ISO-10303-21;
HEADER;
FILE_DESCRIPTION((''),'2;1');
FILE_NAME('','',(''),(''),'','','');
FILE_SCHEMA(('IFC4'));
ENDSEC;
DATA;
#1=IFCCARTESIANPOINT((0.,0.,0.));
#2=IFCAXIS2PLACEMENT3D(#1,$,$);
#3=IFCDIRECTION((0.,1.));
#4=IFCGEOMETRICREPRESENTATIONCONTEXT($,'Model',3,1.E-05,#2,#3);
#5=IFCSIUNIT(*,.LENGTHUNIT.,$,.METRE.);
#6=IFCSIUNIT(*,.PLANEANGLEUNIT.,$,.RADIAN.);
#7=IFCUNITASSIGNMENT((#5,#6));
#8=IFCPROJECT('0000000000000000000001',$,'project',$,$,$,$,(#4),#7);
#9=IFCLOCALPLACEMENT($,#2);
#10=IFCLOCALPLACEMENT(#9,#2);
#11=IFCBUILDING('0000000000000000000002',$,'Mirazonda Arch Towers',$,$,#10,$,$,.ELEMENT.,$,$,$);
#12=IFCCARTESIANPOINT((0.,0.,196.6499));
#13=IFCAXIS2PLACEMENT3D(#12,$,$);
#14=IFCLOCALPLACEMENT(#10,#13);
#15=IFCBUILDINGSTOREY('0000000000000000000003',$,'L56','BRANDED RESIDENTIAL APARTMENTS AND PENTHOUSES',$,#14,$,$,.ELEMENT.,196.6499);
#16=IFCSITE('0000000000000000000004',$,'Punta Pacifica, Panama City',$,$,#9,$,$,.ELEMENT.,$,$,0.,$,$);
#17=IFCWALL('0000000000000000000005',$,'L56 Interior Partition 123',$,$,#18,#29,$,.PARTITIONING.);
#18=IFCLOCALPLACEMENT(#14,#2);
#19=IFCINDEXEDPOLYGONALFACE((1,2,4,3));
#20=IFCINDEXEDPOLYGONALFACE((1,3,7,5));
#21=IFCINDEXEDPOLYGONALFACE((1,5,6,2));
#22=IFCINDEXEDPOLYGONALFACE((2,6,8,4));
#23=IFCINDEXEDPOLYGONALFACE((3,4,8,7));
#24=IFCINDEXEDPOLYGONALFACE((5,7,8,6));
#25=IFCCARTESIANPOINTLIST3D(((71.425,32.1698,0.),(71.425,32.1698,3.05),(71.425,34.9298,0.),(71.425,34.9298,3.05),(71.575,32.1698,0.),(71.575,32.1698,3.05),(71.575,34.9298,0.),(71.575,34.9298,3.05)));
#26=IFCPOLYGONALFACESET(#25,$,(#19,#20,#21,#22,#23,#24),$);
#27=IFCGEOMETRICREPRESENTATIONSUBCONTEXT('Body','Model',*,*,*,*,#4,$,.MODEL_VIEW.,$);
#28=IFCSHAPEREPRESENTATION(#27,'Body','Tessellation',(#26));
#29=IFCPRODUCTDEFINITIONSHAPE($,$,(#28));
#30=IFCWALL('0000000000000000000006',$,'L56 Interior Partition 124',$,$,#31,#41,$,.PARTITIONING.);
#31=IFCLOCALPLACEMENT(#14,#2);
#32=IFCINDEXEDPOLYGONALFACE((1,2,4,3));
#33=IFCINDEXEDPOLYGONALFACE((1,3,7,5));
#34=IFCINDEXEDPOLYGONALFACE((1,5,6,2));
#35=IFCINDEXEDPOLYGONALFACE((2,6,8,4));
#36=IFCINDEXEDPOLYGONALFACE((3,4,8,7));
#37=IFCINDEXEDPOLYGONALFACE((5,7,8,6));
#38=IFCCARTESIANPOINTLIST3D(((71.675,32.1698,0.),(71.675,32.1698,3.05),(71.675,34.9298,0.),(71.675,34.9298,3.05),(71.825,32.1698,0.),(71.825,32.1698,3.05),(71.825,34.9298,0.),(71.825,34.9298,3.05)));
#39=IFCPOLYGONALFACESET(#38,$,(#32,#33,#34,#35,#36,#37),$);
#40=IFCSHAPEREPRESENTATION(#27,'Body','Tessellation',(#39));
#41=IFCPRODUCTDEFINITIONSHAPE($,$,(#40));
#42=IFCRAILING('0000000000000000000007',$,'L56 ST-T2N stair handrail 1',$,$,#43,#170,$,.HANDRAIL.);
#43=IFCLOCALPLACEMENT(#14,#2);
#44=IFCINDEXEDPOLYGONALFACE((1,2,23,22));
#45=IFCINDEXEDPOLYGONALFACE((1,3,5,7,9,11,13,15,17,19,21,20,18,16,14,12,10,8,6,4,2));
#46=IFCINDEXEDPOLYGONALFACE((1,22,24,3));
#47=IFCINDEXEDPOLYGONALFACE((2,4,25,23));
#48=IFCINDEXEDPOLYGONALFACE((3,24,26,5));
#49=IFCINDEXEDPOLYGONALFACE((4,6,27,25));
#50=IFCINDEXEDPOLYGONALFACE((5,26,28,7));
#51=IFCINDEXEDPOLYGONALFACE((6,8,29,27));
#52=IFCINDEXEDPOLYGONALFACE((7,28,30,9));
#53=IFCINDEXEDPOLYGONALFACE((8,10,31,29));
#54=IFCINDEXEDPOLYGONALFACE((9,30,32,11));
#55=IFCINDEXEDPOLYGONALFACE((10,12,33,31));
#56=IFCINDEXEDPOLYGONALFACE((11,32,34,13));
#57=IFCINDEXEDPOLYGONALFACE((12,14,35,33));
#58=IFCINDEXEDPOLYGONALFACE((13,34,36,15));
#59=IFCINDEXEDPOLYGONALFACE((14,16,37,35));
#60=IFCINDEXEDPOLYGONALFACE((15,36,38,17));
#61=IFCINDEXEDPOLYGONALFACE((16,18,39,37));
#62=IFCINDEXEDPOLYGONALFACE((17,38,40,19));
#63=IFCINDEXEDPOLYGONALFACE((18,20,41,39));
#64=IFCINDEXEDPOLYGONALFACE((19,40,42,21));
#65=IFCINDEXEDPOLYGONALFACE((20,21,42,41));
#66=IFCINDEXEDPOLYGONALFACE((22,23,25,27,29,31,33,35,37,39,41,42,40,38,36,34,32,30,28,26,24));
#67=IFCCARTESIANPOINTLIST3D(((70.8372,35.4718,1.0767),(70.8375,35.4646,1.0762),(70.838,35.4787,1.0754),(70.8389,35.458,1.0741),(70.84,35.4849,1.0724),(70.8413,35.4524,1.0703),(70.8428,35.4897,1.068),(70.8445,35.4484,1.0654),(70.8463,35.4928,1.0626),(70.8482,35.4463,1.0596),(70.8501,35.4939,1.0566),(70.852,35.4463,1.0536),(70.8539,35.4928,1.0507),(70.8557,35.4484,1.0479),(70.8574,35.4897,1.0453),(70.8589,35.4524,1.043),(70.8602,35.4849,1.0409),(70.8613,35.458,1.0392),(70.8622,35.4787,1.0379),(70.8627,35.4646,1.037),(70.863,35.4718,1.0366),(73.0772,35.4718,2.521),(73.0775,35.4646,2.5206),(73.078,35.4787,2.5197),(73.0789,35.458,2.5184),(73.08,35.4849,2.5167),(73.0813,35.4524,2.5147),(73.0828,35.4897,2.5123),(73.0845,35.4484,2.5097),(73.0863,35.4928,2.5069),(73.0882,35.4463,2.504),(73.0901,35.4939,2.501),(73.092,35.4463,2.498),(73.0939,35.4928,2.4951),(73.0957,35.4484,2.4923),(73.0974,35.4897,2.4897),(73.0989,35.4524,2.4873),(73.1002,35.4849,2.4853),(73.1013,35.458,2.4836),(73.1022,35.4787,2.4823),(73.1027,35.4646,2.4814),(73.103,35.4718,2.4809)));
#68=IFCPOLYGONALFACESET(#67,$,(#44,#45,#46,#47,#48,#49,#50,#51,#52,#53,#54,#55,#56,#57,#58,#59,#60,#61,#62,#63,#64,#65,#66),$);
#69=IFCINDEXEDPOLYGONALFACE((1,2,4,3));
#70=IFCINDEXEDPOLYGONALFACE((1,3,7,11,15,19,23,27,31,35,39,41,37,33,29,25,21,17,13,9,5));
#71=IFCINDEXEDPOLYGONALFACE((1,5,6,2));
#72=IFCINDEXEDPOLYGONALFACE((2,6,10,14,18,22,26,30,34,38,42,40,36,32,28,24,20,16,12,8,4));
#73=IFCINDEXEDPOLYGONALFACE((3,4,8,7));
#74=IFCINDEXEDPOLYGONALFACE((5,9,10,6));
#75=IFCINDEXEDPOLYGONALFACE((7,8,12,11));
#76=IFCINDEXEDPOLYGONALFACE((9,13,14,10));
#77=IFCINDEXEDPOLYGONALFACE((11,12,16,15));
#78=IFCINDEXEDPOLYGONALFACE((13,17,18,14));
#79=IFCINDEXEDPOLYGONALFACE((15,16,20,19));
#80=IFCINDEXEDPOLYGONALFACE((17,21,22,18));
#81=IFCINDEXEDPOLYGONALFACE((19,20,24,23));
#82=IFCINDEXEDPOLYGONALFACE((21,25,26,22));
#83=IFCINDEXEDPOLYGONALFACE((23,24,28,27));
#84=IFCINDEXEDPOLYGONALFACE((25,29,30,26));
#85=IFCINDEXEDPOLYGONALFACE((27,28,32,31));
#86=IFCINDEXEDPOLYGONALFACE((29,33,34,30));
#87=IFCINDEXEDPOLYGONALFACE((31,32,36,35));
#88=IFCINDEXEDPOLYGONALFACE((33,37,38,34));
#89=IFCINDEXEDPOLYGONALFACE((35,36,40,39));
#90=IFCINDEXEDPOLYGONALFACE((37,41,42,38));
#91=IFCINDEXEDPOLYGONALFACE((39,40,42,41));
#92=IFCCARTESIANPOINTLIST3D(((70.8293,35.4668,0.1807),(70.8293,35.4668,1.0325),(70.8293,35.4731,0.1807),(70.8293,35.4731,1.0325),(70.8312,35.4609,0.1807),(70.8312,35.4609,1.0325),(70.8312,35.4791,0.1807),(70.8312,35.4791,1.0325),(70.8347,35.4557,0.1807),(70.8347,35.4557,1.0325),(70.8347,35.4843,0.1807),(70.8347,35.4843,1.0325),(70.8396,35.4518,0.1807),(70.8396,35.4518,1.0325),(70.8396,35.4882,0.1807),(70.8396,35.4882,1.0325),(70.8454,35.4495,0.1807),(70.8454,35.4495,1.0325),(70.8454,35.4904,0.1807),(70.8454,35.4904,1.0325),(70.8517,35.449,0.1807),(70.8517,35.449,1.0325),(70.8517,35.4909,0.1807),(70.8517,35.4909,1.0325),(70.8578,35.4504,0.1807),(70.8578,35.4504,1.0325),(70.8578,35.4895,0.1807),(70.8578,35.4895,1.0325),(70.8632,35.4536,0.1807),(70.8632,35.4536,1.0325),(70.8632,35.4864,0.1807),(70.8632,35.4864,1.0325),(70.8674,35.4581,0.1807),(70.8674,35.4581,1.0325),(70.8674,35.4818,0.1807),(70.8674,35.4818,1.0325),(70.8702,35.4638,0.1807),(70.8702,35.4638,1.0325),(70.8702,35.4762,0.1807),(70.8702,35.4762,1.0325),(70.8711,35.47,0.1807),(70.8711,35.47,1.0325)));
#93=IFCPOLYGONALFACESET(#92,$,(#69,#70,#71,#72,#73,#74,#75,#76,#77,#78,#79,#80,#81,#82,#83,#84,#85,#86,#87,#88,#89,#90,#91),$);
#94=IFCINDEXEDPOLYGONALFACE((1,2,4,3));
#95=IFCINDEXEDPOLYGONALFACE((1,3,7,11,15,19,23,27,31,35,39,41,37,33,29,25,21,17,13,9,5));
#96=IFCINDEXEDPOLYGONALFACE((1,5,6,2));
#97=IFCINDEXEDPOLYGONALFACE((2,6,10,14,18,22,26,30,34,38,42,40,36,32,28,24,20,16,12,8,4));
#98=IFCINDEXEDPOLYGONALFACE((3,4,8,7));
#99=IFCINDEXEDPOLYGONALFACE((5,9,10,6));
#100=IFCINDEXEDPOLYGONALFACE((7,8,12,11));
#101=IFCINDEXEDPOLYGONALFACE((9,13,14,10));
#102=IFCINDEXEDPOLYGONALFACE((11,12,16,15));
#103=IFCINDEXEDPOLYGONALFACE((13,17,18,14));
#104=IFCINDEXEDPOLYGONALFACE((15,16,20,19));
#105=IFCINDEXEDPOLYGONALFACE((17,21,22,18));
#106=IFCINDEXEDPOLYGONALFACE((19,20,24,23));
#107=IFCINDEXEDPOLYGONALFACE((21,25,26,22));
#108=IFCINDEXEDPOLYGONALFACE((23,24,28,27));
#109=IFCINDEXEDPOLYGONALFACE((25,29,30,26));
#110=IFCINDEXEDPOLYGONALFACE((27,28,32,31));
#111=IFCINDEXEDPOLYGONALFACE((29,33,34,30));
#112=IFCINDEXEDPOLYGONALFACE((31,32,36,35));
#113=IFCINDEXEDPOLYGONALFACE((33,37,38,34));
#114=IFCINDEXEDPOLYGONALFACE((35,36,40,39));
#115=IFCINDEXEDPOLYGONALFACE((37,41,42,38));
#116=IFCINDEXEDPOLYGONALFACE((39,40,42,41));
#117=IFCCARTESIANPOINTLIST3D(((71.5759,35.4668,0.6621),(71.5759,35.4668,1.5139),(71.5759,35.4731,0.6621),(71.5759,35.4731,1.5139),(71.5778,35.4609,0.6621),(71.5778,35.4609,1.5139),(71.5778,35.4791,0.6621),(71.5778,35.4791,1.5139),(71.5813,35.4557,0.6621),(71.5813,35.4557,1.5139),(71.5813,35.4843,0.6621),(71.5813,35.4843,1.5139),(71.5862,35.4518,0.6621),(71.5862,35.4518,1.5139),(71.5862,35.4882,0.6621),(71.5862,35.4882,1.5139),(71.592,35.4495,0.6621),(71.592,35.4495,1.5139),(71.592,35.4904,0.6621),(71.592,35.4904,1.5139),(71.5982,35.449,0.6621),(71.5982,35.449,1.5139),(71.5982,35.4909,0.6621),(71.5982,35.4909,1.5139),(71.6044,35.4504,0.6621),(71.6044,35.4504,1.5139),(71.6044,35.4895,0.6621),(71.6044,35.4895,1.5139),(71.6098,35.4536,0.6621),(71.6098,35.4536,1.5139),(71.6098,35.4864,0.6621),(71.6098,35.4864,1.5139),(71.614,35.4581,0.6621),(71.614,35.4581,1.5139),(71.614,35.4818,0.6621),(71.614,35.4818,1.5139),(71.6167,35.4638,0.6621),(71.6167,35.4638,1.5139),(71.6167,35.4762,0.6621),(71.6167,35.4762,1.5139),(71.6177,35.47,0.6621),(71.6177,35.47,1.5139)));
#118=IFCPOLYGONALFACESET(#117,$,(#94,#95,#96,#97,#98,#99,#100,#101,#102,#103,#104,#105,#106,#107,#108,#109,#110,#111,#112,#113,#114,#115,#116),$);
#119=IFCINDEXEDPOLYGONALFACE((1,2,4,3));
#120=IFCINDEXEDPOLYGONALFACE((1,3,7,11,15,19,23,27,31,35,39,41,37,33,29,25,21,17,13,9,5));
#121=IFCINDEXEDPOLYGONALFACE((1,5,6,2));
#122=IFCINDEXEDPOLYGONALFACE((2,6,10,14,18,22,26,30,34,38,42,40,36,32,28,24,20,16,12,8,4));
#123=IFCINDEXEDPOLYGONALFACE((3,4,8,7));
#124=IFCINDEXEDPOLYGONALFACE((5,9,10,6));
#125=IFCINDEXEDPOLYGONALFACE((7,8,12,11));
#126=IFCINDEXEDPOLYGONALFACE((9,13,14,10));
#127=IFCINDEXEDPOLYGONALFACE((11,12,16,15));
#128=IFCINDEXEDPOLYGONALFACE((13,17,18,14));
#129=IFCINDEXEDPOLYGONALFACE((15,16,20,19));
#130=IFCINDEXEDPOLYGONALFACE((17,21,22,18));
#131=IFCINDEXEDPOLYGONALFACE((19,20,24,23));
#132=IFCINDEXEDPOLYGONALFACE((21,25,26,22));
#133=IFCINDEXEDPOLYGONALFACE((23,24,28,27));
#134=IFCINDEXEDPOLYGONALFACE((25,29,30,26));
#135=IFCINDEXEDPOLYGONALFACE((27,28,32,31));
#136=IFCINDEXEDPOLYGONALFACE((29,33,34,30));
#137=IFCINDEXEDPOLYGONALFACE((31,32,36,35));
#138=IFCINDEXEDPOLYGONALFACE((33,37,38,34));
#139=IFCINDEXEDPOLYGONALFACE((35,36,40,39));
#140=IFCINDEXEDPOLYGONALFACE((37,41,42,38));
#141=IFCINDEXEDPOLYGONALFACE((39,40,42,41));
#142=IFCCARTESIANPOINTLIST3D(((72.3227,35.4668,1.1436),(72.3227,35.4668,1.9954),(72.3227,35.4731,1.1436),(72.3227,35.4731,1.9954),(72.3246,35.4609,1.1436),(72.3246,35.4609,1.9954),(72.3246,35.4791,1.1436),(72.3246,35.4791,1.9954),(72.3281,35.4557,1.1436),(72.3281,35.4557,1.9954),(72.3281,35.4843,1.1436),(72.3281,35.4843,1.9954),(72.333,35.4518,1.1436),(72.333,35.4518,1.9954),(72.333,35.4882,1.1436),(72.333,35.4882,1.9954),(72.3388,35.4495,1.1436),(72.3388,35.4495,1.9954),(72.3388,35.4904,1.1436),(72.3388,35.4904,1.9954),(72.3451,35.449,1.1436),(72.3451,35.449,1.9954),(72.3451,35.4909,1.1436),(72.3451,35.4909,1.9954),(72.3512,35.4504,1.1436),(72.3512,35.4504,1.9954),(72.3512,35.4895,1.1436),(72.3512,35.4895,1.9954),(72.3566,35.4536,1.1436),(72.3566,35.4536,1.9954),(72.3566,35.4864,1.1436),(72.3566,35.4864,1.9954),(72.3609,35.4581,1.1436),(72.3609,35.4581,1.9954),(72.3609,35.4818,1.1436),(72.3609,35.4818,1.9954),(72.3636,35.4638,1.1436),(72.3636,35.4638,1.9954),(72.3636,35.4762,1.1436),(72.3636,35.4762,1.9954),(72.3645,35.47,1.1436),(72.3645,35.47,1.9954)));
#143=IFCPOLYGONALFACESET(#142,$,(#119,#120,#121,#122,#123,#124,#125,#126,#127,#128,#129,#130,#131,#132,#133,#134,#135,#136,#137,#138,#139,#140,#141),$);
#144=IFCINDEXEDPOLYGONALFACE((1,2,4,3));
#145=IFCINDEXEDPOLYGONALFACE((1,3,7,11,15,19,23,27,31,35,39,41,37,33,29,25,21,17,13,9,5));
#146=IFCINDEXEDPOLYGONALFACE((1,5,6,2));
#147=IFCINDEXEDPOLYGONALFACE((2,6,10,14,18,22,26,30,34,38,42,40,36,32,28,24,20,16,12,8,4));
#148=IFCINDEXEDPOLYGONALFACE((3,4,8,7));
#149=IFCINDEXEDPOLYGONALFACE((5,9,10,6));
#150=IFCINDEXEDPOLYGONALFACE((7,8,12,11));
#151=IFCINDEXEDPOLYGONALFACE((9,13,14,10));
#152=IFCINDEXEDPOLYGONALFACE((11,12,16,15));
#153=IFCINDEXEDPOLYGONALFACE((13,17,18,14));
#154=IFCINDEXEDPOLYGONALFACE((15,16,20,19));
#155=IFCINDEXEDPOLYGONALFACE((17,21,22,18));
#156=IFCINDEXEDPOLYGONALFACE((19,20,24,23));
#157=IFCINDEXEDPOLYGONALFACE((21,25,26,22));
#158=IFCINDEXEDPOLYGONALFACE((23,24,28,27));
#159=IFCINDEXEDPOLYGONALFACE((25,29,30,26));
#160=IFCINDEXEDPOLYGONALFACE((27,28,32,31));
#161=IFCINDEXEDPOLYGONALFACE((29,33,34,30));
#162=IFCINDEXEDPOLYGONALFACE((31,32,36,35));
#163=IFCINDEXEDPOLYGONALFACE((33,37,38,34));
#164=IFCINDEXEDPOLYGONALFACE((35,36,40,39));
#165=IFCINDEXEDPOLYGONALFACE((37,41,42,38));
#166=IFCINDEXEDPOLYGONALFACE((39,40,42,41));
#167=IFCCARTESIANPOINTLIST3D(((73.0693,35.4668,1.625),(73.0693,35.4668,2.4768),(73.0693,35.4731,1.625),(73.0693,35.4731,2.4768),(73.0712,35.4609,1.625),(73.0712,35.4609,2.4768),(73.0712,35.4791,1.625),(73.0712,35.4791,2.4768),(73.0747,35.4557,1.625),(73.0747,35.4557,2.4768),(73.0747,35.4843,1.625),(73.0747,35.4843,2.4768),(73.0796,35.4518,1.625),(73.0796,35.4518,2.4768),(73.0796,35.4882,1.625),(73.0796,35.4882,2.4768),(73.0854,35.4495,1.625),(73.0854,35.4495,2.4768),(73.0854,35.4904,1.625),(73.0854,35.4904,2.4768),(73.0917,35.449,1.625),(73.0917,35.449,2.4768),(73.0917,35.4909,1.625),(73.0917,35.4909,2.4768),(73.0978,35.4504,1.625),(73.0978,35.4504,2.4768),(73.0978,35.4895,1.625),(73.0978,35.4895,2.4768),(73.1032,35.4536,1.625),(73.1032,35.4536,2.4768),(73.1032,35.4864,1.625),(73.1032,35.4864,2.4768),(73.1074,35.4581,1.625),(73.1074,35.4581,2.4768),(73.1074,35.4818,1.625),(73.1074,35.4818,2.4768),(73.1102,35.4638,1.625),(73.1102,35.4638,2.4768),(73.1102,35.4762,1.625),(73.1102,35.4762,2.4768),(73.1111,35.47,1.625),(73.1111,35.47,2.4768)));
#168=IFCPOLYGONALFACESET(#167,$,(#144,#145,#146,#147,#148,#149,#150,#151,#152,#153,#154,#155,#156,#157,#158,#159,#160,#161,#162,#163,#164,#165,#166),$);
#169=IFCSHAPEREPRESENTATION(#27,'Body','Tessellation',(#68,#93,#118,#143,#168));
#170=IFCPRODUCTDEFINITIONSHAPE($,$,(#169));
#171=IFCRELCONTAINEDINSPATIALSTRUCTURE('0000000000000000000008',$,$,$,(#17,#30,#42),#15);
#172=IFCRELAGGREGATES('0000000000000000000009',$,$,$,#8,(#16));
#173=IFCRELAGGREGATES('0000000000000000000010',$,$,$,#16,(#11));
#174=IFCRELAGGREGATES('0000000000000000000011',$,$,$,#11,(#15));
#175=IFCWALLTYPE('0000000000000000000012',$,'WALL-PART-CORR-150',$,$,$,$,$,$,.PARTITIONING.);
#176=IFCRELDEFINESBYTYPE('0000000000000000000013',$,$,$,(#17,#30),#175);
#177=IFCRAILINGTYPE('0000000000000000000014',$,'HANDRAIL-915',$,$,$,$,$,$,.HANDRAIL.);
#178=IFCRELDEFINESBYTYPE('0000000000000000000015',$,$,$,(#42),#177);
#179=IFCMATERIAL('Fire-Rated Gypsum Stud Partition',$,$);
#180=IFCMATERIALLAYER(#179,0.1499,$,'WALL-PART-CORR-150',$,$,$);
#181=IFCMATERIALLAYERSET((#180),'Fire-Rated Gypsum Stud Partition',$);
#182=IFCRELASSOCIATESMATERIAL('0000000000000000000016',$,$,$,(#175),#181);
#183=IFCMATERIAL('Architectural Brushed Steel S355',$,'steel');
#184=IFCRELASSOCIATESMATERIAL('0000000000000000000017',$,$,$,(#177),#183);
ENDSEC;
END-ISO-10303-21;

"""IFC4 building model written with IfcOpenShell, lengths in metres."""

from ifc_helpers import new_model, si_unit, direction, frame, frame_2d, origin, origin_2d, place, context, subcontext, project, spatial, rectangle, circle, extrude, material, layer, layer_set, type_object, element, save


model = new_model("IFC4")

# Units and contexts
model_context = context("Model", 3, precision=1e-05, world=origin(), true_north=direction((0.0, 1.0)))
body_context = subcontext(model_context, "Body", "Model", "MODEL_VIEW")
ifc_project = project(units=[si_unit("LENGTHUNIT", "METRE"), si_unit("PLANEANGLEUNIT", "RADIAN")], contexts=[model_context])

# Site, building, storey
site_placement = place(None, origin())
site = spatial("IfcSite", under=ifc_project, at=site_placement, Name="Punta Pacifica, Panama City", CompositionType="ELEMENT", RefElevation=0.0)
building_placement = place(site_placement, origin())
building = spatial("IfcBuilding", under=site, at=building_placement, Name="Mirazonda Arch Towers", CompositionType="ELEMENT")
storey_placement = place(building_placement, frame((0.0, 0.0, 196.6499)))
storey = spatial("IfcBuildingStorey", under=building, at=storey_placement, Name="L56", Description="BRANDED RESIDENTIAL APARTMENTS AND PENTHOUSES", CompositionType="ELEMENT", Elevation=196.6499)

# Shared definitions
ifc_material_1 = material(Name="Architectural Brushed Steel S355", Category="steel")

# Shared definitions
ifc_material_2 = material(Name="Fire-Rated Gypsum Stud Partition")
ifc_layer_1 = layer(ifc_material_2, 0.1499, Name="WALL-PART-CORR-150")
ifc_layer_set_1 = layer_set([ifc_layer_1], Name="Fire-Rated Gypsum Stud Partition")
wall_type_1 = type_object("IfcWallType", Name="WALL-PART-CORR-150", PredefinedType="PARTITIONING", material=ifc_layer_set_1)

# Walls
for number, where, z_axis, x_axis, name in (
    (1, (71.5, 32.1699, 0.0), (0.0, 0.0, 1.0), (0.0, 1.0, 0.0), "L56 Interior Partition 123"),
    (2, (71.75, 32.1699, 0.0), (0.0, 0.0, 1.0), (0.0, 1.0, 0.0), "L56 Interior Partition 124"),
):
    element("IfcWall", number, at=place(storey_placement, frame(where, z_axis=z_axis, x_axis=x_axis)), inside=storey, type_object=wall_type_1, Name=name, PredefinedType="PARTITIONING", context=body_context, shape_type="SweptSolid", body=[
        extrude(rectangle(XDim=2.76, YDim=0.1499, at=frame_2d((1.3799, 0.0))), origin(), (0.0, 0.0, 1.0), 3.05),
    ])

# Railing
railing_type = type_object("IfcRailingType", Name="HANDRAIL-915", PredefinedType="HANDRAIL", material=ifc_material_1)
railing_placement = place(storey_placement, frame((70.8501, 35.47, 0.1807)))
element("IfcRailing", 3, at=railing_placement, inside=storey, type_object=railing_type, Name="L56 ST-T2N stair handrail 1", PredefinedType="HANDRAIL", context=body_context, shape_type="SweptSolid", body=[
    extrude(circle(Radius=0.0239, at=origin_2d()), frame((0.0, 0.0, 0.876), z_axis=(0.840437, 0.0, 0.54191), x_axis=(0.0, 1.0, 0.0)), (0.0, 0.0, 1.0), 2.6653),
    extrude(circle(Radius=0.021, at=origin_2d()), origin(), (0.0, 0.0, 1.0), 0.8518),
    extrude(circle(Radius=0.021, at=origin_2d()), frame((0.7466, 0.0, 0.4814)), (0.0, 0.0, 1.0), 0.8518),
    extrude(circle(Radius=0.021, at=origin_2d()), frame((1.4934, 0.0, 0.9629)), (0.0, 0.0, 1.0), 0.8518),
    extrude(circle(Radius=0.021, at=origin_2d()), frame((2.24, 0.0, 1.4443)), (0.0, 0.0, 1.0), 0.8518),
])

save(model, "model.ifc")
